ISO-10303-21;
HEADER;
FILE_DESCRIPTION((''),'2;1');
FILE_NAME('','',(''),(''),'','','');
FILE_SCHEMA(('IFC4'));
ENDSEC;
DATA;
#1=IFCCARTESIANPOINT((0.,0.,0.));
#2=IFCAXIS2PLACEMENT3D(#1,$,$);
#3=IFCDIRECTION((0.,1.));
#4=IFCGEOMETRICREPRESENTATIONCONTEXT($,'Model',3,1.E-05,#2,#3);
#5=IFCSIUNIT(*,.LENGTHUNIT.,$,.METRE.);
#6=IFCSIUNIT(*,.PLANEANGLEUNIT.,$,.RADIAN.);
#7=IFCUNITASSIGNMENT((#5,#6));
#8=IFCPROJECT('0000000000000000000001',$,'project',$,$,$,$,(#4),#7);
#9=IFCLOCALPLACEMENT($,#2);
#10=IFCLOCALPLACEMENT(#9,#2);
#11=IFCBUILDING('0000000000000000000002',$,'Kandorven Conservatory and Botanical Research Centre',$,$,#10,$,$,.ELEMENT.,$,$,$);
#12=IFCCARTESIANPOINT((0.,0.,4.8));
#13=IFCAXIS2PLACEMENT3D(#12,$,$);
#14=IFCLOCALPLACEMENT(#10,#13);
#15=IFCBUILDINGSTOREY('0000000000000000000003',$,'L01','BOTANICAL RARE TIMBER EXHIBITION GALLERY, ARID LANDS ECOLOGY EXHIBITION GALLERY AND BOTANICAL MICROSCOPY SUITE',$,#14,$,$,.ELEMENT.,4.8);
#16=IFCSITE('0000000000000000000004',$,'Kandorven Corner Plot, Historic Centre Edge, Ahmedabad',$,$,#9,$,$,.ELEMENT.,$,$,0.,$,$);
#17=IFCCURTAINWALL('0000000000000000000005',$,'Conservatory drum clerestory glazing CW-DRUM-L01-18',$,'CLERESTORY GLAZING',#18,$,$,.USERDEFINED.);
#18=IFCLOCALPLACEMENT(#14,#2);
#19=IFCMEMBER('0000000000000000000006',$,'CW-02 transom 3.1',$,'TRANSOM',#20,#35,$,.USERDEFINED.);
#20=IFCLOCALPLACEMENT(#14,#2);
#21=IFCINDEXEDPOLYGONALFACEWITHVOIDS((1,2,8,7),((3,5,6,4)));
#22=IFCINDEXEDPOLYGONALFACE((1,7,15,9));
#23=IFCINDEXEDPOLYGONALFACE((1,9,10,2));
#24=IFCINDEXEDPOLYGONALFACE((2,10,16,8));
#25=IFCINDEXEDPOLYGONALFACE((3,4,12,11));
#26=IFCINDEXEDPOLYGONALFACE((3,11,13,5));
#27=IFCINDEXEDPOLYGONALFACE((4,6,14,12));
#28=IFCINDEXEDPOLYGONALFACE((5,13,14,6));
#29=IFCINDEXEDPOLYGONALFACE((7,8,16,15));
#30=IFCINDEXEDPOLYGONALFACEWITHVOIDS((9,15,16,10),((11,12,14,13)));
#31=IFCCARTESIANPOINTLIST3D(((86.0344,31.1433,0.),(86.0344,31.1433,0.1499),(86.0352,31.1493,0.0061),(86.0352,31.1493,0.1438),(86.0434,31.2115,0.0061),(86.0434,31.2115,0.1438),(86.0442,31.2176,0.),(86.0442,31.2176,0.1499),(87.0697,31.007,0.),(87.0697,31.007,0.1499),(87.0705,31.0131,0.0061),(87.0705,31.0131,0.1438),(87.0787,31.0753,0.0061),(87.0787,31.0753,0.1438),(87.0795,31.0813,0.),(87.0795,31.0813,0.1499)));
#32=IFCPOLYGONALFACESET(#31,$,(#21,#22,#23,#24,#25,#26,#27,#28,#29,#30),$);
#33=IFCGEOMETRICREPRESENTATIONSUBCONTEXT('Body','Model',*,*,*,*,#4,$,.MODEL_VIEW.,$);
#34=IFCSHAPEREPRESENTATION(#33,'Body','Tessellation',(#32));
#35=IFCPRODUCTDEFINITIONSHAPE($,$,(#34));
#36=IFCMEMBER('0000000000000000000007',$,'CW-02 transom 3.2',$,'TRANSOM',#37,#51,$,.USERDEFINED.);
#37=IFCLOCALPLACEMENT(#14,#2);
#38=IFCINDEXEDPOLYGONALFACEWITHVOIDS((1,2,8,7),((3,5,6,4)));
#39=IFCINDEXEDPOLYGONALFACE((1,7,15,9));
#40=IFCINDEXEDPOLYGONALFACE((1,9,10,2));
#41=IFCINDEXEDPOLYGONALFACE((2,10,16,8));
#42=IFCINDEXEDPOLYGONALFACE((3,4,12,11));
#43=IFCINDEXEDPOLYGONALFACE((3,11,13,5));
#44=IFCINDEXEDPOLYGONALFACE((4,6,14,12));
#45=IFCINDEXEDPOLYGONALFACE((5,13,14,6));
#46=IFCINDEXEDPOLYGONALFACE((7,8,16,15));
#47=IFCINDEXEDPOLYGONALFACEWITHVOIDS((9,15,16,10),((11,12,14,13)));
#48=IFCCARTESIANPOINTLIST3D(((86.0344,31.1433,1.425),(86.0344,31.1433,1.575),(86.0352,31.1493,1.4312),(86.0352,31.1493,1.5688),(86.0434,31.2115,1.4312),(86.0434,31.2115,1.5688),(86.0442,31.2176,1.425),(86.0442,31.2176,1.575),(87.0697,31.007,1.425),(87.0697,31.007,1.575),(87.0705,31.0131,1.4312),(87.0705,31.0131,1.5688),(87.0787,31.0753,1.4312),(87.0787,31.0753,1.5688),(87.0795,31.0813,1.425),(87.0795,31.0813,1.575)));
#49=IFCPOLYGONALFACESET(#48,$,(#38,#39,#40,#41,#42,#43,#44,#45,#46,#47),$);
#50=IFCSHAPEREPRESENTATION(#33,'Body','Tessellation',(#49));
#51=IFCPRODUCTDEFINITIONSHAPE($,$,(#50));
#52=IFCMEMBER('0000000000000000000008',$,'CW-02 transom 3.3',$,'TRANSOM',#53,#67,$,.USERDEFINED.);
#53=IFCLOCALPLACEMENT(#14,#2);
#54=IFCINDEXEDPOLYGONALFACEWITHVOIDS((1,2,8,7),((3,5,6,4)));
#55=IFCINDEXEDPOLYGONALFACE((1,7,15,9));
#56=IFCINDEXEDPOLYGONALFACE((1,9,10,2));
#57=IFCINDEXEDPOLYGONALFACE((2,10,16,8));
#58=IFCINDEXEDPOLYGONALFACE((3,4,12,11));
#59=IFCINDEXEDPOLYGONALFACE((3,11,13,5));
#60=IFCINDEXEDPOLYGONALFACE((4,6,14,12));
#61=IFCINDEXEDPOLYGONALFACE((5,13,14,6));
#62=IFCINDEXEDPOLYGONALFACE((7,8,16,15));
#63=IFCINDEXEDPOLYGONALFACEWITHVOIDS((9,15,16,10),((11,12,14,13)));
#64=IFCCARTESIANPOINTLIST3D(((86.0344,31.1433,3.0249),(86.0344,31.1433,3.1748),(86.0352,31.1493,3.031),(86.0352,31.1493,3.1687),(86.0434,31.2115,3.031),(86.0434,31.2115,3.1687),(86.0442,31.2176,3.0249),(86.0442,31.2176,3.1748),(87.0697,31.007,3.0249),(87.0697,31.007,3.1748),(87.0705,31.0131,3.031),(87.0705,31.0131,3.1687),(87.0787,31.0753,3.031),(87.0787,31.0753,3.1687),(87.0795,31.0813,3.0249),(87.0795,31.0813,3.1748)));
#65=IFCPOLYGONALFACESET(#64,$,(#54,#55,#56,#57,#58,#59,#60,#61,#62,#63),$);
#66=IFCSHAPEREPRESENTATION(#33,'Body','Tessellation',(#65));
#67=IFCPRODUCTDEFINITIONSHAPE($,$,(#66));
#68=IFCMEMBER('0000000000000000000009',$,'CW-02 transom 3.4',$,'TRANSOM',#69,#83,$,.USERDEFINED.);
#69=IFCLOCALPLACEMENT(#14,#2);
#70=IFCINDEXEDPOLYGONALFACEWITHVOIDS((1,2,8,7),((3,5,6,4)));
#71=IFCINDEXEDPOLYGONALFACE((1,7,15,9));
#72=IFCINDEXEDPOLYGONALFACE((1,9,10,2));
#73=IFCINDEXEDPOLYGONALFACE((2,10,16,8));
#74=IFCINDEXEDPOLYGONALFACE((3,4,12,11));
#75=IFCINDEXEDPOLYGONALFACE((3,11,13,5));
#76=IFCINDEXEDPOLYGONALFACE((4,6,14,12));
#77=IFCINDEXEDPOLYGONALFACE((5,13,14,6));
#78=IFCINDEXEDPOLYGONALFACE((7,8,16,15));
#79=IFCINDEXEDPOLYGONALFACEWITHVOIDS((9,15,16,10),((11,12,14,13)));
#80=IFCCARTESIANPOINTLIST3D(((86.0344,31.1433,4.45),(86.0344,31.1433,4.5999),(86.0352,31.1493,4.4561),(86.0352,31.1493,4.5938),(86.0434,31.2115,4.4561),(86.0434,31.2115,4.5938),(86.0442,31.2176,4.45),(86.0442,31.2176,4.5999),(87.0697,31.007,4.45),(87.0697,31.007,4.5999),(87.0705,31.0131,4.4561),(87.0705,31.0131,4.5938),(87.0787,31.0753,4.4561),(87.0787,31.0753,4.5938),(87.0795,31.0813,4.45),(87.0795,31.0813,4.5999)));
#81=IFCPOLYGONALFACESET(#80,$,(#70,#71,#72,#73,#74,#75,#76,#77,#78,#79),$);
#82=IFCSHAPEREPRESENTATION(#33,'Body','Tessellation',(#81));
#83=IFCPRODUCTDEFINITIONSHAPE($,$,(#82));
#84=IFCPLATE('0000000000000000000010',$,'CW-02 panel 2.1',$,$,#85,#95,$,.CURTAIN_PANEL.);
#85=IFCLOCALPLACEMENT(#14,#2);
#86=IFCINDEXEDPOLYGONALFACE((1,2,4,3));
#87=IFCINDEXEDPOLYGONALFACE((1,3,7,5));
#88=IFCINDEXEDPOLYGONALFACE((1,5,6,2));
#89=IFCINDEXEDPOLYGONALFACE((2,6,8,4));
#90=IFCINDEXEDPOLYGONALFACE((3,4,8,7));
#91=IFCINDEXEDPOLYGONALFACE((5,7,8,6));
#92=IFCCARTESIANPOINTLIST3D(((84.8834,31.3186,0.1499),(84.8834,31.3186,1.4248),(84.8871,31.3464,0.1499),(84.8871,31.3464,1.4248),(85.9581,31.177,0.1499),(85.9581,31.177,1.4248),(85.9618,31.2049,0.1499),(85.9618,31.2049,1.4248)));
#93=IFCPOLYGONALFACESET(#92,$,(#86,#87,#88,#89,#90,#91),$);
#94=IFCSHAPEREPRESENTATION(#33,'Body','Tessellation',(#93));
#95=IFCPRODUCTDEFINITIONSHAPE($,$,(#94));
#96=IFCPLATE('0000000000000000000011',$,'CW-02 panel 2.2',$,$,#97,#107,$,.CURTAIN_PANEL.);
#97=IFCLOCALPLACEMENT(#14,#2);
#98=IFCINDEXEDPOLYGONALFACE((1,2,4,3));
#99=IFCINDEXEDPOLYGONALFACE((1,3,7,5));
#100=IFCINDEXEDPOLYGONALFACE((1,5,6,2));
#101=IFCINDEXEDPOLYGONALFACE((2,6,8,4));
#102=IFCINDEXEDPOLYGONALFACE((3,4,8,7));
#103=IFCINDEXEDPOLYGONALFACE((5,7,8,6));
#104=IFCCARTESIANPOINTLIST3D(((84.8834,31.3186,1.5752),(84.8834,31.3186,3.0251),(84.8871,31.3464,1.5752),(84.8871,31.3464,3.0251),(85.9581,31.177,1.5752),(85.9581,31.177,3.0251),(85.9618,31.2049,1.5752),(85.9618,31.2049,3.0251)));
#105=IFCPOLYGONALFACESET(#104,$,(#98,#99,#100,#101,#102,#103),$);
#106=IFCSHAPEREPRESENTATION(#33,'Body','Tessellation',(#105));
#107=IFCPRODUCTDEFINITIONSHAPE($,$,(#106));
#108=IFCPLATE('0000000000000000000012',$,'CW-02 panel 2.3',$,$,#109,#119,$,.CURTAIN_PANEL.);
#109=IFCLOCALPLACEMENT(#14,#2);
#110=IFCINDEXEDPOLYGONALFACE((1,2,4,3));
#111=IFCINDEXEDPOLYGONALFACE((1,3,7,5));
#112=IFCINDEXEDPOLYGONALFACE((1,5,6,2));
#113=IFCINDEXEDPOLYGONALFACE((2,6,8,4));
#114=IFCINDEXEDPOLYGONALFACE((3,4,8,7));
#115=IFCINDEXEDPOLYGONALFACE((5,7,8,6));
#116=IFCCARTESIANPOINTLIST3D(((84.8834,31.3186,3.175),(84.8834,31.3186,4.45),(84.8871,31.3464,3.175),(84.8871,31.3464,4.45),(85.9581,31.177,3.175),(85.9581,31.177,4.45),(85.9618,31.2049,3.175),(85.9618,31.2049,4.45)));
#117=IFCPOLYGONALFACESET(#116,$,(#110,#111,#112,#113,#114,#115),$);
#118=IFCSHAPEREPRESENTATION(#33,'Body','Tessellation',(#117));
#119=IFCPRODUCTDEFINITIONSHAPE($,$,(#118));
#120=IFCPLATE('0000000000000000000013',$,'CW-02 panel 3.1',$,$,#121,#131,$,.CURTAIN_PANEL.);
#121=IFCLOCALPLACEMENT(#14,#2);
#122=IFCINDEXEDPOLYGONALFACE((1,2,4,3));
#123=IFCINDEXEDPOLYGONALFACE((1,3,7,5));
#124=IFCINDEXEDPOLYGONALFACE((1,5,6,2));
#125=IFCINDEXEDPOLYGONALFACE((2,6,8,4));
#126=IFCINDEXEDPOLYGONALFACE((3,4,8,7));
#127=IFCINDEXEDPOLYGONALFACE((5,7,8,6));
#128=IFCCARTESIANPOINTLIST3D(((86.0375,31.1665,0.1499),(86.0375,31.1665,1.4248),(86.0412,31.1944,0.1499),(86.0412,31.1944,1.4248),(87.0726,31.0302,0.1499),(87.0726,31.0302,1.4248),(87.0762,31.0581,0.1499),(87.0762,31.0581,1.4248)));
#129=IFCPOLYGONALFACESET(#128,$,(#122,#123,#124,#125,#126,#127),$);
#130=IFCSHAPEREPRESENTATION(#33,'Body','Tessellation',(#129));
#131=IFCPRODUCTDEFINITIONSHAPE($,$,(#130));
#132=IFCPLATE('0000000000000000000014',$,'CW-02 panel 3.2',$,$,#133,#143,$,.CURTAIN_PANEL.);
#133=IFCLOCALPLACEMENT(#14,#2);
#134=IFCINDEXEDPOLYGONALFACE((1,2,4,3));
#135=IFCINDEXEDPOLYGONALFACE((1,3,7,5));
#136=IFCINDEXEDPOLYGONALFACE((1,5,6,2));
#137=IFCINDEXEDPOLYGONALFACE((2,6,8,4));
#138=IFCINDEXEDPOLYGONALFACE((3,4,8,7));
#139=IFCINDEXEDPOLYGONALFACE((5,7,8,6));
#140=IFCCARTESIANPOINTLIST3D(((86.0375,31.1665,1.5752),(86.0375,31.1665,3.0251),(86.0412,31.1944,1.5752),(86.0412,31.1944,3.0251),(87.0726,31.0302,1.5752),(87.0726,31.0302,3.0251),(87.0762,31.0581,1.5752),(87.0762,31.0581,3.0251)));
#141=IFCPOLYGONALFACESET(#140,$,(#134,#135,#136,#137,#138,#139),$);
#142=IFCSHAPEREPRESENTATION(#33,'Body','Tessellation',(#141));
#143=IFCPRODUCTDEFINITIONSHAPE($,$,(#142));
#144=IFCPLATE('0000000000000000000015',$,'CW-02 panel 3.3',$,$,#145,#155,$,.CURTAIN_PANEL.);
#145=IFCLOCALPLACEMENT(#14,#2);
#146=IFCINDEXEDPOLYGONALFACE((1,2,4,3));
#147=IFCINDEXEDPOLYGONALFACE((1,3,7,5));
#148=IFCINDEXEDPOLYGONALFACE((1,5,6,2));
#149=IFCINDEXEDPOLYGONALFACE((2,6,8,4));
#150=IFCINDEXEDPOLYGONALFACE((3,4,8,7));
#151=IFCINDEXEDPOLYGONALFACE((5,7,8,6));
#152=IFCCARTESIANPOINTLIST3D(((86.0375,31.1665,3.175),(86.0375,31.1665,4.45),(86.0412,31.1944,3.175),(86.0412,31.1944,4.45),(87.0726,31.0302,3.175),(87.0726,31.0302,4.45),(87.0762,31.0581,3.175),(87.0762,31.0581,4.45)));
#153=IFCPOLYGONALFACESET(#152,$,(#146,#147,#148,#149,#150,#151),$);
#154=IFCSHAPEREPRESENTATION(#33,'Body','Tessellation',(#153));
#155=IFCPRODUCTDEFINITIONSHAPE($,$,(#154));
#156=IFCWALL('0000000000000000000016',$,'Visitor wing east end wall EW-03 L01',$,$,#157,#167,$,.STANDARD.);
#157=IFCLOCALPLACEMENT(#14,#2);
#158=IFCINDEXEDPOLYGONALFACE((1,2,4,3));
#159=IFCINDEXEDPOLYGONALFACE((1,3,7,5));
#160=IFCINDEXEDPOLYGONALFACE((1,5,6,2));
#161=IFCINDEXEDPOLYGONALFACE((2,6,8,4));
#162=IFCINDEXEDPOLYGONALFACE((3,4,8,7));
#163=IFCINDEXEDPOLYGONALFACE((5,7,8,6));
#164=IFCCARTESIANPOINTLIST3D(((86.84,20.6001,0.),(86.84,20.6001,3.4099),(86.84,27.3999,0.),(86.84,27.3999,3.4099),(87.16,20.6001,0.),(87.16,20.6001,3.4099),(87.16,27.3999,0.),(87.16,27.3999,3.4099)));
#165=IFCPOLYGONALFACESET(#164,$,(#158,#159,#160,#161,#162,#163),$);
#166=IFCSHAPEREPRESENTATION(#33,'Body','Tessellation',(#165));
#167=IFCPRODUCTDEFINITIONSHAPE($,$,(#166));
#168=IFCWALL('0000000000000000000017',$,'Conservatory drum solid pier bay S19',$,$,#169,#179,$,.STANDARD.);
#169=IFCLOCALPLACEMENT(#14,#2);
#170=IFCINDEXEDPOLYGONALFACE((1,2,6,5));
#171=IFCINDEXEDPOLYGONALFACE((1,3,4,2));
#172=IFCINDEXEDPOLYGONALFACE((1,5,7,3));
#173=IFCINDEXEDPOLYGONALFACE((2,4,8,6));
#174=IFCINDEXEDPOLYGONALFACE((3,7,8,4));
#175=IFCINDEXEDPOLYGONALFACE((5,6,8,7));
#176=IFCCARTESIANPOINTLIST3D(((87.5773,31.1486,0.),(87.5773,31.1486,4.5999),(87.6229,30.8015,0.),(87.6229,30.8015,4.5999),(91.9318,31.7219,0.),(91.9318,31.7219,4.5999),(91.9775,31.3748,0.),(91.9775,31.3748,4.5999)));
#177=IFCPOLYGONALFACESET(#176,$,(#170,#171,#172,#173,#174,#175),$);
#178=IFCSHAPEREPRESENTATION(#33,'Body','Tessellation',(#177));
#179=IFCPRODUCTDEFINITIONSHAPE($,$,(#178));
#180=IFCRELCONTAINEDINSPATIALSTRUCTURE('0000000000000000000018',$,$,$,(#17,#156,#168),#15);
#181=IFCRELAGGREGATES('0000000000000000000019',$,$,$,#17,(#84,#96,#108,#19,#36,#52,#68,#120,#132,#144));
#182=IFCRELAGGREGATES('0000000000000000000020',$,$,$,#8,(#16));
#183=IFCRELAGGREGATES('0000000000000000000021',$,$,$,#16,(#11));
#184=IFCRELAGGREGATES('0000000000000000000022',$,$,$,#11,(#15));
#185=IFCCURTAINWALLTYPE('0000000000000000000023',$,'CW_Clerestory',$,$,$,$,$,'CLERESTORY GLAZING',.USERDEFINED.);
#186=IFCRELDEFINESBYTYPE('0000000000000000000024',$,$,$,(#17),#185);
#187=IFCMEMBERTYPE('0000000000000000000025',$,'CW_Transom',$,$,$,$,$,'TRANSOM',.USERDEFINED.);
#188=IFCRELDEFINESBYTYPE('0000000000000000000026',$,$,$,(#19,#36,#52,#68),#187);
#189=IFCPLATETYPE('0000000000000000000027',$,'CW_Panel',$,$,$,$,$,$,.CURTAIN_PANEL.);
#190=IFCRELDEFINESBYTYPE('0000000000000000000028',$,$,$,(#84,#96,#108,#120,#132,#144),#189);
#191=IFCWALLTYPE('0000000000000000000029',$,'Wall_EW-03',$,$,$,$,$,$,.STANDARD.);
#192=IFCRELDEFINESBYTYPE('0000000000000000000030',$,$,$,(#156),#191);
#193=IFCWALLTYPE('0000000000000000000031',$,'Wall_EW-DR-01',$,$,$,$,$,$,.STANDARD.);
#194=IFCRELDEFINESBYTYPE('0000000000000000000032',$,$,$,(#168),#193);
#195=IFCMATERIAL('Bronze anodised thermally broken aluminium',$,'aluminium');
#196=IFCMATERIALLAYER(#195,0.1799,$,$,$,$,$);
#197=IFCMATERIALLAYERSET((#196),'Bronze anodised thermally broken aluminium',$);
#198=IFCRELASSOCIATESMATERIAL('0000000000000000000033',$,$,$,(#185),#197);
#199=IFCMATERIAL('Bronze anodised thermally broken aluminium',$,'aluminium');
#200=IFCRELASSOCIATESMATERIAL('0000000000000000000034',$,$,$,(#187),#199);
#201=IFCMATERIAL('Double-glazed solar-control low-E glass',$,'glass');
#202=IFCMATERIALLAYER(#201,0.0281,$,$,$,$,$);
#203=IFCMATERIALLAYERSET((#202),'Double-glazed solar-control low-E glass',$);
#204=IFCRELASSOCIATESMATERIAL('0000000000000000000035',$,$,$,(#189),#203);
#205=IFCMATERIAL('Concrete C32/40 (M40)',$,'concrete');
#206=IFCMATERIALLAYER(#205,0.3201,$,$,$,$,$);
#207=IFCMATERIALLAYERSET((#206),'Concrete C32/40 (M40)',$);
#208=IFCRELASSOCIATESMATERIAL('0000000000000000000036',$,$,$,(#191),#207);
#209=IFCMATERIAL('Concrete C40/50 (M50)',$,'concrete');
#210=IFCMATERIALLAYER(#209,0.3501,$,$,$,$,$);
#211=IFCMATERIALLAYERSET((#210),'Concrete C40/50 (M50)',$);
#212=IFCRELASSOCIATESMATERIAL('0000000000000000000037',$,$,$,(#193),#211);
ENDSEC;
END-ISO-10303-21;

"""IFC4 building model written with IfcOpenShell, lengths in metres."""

from ifc_helpers import new_model, si_unit, direction, frame, frame_2d, origin, origin_2d, place, context, subcontext, project, spatial, rectangle, hollow_rectangle, extrude, material, layer, layer_set, material_profile, profile_set, type_object, element, aggregate, save


model = new_model("IFC4")

# Units and contexts
model_context = context("Model", 3, precision=1e-05, world=origin(), true_north=direction((0.0, 1.0)))
body_context = subcontext(model_context, "Body", "Model", "MODEL_VIEW")
ifc_project = project(units=[si_unit("LENGTHUNIT", "METRE"), si_unit("PLANEANGLEUNIT", "RADIAN")], contexts=[model_context])

# Site, building, storey
site_placement = place(None, origin())
site = spatial("IfcSite", under=ifc_project, at=site_placement, Name="Kandorven Corner Plot, Historic Centre Edge, Ahmedabad", CompositionType="ELEMENT", RefElevation=0.0)
building_placement = place(site_placement, origin())
building = spatial("IfcBuilding", under=site, at=building_placement, Name="Kandorven Conservatory and Botanical Research Centre", CompositionType="ELEMENT")
storey_placement = place(building_placement, frame((0.0, 0.0, 4.8)))
storey = spatial("IfcBuildingStorey", under=building, at=storey_placement, Name="L01", Description="BOTANICAL RARE TIMBER EXHIBITION GALLERY, ARID LANDS ECOLOGY EXHIBITION GALLERY AND BOTANICAL MICROSCOPY SUITE", CompositionType="ELEMENT", Elevation=4.8)

# Curtain wall, members, plates
ifc_material_1 = material(Name="Bronze anodised thermally broken aluminium", Category="aluminium")
ifc_layer_1 = layer(ifc_material_1, 0.1799)
ifc_layer_set_1 = layer_set([ifc_layer_1], Name="Bronze anodised thermally broken aluminium")
curtain_wall_type = type_object("IfcCurtainWallType", Name="CW_Clerestory", ElementType="CLERESTORY GLAZING", PredefinedType="USERDEFINED", material=ifc_layer_set_1)
curtain_wall_placement = place(storey_placement, origin())
curtain_wall = element("IfcCurtainWall", 1, at=curtain_wall_placement, inside=storey, type_object=curtain_wall_type, Name="Conservatory drum clerestory glazing CW-DRUM-L01-18", ObjectType="CLERESTORY GLAZING", PredefinedType="USERDEFINED")
ifc_material_2 = material(Name="Bronze anodised thermally broken aluminium", Category="aluminium")
ifc_material_profile_1 = material_profile(ifc_material_2, hollow_rectangle(XDim=0.075, YDim=0.1499, WallThickness=0.0061, at=origin_2d()))
ifc_profile_set_1 = profile_set([ifc_material_profile_1], Name="Bronze anodised thermally broken aluminium")
member_type_1 = type_object("IfcMemberType", Name="CW_Transom", ElementType="TRANSOM", PredefinedType="USERDEFINED", material=ifc_profile_set_1)
member_1_placement = place(storey_placement, frame((86.0393, 31.1804, 0.075), z_axis=(0.991451, -0.130479, 0.0), x_axis=(0.130479, 0.991451, 0.0)))
member_1 = element("IfcMember", 2, at=member_1_placement, type_object=member_type_1, Name="CW-02 transom 3.1", ObjectType="TRANSOM", PredefinedType="USERDEFINED", context=body_context, shape_type="SweptSolid", body=[
    extrude(hollow_rectangle(XDim=0.075, YDim=0.1499, WallThickness=0.0061, at=origin_2d()), origin(), (0.0, 0.0, 1.0), 1.0442),
])
member_2_placement = place(storey_placement, frame((86.0393, 31.1804, 1.5), z_axis=(0.991451, -0.130479, 0.0), x_axis=(0.130479, 0.991451, 0.0)))
member_2 = element("IfcMember", 3, at=member_2_placement, type_object=member_type_1, Name="CW-02 transom 3.2", ObjectType="TRANSOM", PredefinedType="USERDEFINED", context=body_context, shape_type="SweptSolid", body=[
    extrude(hollow_rectangle(XDim=0.075, YDim=0.1499, WallThickness=0.0061, at=origin_2d()), origin(), (0.0, 0.0, 1.0), 1.0442),
])
member_3_placement = place(storey_placement, frame((86.0393, 31.1804, 3.0999), z_axis=(0.991451, -0.130479, 0.0), x_axis=(0.130479, 0.991451, 0.0)))
member_3 = element("IfcMember", 4, at=member_3_placement, type_object=member_type_1, Name="CW-02 transom 3.3", ObjectType="TRANSOM", PredefinedType="USERDEFINED", context=body_context, shape_type="SweptSolid", body=[
    extrude(hollow_rectangle(XDim=0.075, YDim=0.1499, WallThickness=0.0061, at=origin_2d()), origin(), (0.0, 0.0, 1.0), 1.0442),
])
member_4_placement = place(storey_placement, frame((86.0393, 31.1804, 4.5249), z_axis=(0.991451, -0.130479, 0.0), x_axis=(0.130479, 0.991451, 0.0)))
member_4 = element("IfcMember", 5, at=member_4_placement, type_object=member_type_1, Name="CW-02 transom 3.4", ObjectType="TRANSOM", PredefinedType="USERDEFINED", context=body_context, shape_type="SweptSolid", body=[
    extrude(hollow_rectangle(XDim=0.075, YDim=0.1499, WallThickness=0.0061, at=origin_2d()), origin(), (0.0, 0.0, 1.0), 1.0442),
])
ifc_material_3 = material(Name="Double-glazed solar-control low-E glass", Category="glass")
ifc_layer_2 = layer(ifc_material_3, 0.0281)
ifc_layer_set_2 = layer_set([ifc_layer_2], Name="Double-glazed solar-control low-E glass")
plate_type = type_object("IfcPlateType", Name="CW_Panel", PredefinedType="CURTAIN_PANEL", material=ifc_layer_set_2)
plate_1_placement = place(storey_placement, frame((85.4226, 31.2617, 0.1499), z_axis=(0.0, 0.0, 1.0), x_axis=(0.991441, -0.130552, 0.0)))
plate_1 = element("IfcPlate", 6, at=plate_1_placement, type_object=plate_type, Name="CW-02 panel 2.1", PredefinedType="CURTAIN_PANEL", context=body_context, shape_type="SweptSolid", body=[
    extrude(rectangle(XDim=1.084, YDim=0.0281, at=origin_2d()), origin(), (0.0, 0.0, 1.0), 1.2749),
])
plate_2_placement = place(storey_placement, frame((85.4226, 31.2617, 1.5752), z_axis=(0.0, 0.0, 1.0), x_axis=(0.991441, -0.130552, 0.0)))
plate_2 = element("IfcPlate", 7, at=plate_2_placement, type_object=plate_type, Name="CW-02 panel 2.2", PredefinedType="CURTAIN_PANEL", context=body_context, shape_type="SweptSolid", body=[
    extrude(rectangle(XDim=1.084, YDim=0.0281, at=origin_2d()), origin(), (0.0, 0.0, 1.0), 1.45),
])
plate_3_placement = place(storey_placement, frame((85.4226, 31.2617, 3.175), z_axis=(0.0, 0.0, 1.0), x_axis=(0.991441, -0.130552, 0.0)))
plate_3 = element("IfcPlate", 8, at=plate_3_placement, type_object=plate_type, Name="CW-02 panel 2.3", PredefinedType="CURTAIN_PANEL", context=body_context, shape_type="SweptSolid", body=[
    extrude(rectangle(XDim=1.084, YDim=0.0281, at=origin_2d()), origin(), (0.0, 0.0, 1.0), 1.2749),
])
plate_4_placement = place(storey_placement, frame((86.5569, 31.1123, 0.1499), z_axis=(0.0, 0.0, 1.0), x_axis=(0.991441, -0.130552, 0.0)))
plate_4 = element("IfcPlate", 9, at=plate_4_placement, type_object=plate_type, Name="CW-02 panel 3.1", PredefinedType="CURTAIN_PANEL", context=body_context, shape_type="SweptSolid", body=[
    extrude(rectangle(XDim=1.0439, YDim=0.0281, at=origin_2d()), origin(), (0.0, 0.0, 1.0), 1.2749),
])
plate_5_placement = place(storey_placement, frame((86.5569, 31.1123, 1.5752), z_axis=(0.0, 0.0, 1.0), x_axis=(0.991441, -0.130552, 0.0)))
plate_5 = element("IfcPlate", 10, at=plate_5_placement, type_object=plate_type, Name="CW-02 panel 3.2", PredefinedType="CURTAIN_PANEL", context=body_context, shape_type="SweptSolid", body=[
    extrude(rectangle(XDim=1.0439, YDim=0.0281, at=origin_2d()), origin(), (0.0, 0.0, 1.0), 1.45),
])
plate_6_placement = place(storey_placement, frame((86.5569, 31.1123, 3.175), z_axis=(0.0, 0.0, 1.0), x_axis=(0.991441, -0.130552, 0.0)))
plate_6 = element("IfcPlate", 11, at=plate_6_placement, type_object=plate_type, Name="CW-02 panel 3.3", PredefinedType="CURTAIN_PANEL", context=body_context, shape_type="SweptSolid", body=[
    extrude(rectangle(XDim=1.0439, YDim=0.0281, at=origin_2d()), origin(), (0.0, 0.0, 1.0), 1.2749),
])
aggregate(curtain_wall, [plate_1, plate_2, plate_3, member_1, member_2, member_3, member_4, plate_4, plate_5, plate_6])

# Walls
ifc_material_4 = material(Name="Concrete C32/40 (M40)", Category="concrete")
ifc_layer_3 = layer(ifc_material_4, 0.3201)
ifc_layer_set_3 = layer_set([ifc_layer_3], Name="Concrete C32/40 (M40)")
wall_type_1 = type_object("IfcWallType", Name="Wall_EW-03", PredefinedType="STANDARD", material=ifc_layer_set_3)
wall_1_placement = place(storey_placement, frame((87.0, 20.6001, 0.0), z_axis=(0.0, 0.0, 1.0), x_axis=(0.0, 1.0, 0.0)))
element("IfcWall", 12, at=wall_1_placement, inside=storey, type_object=wall_type_1, Name="Visitor wing east end wall EW-03 L01", PredefinedType="STANDARD", context=body_context, shape_type="SweptSolid", body=[
    extrude(rectangle(XDim=6.7998, YDim=0.3201, at=frame_2d((3.3999, 0.0))), origin(), (0.0, 0.0, 1.0), 3.4099),
])
ifc_material_5 = material(Name="Concrete C40/50 (M50)", Category="concrete")
ifc_layer_4 = layer(ifc_material_5, 0.3501)
ifc_layer_set_4 = layer_set([ifc_layer_4], Name="Concrete C40/50 (M50)")
wall_type_2 = type_object("IfcWallType", Name="Wall_EW-DR-01", PredefinedType="STANDARD", material=ifc_layer_set_4)
wall_2_placement = place(storey_placement, frame((87.6001, 30.9751, 0.0), z_axis=(0.0, 0.0, 1.0), x_axis=(0.991446, 0.130518, 0.0)))
element("IfcWall", 13, at=wall_2_placement, inside=storey, type_object=wall_type_2, Name="Conservatory drum solid pier bay S19", PredefinedType="STANDARD", context=body_context, shape_type="SweptSolid", body=[
    extrude(rectangle(XDim=4.3921, YDim=0.3501, at=frame_2d((2.196, 0.0))), origin(), (0.0, 0.0, 1.0), 4.5999),
])

save(model, "model.ifc")
